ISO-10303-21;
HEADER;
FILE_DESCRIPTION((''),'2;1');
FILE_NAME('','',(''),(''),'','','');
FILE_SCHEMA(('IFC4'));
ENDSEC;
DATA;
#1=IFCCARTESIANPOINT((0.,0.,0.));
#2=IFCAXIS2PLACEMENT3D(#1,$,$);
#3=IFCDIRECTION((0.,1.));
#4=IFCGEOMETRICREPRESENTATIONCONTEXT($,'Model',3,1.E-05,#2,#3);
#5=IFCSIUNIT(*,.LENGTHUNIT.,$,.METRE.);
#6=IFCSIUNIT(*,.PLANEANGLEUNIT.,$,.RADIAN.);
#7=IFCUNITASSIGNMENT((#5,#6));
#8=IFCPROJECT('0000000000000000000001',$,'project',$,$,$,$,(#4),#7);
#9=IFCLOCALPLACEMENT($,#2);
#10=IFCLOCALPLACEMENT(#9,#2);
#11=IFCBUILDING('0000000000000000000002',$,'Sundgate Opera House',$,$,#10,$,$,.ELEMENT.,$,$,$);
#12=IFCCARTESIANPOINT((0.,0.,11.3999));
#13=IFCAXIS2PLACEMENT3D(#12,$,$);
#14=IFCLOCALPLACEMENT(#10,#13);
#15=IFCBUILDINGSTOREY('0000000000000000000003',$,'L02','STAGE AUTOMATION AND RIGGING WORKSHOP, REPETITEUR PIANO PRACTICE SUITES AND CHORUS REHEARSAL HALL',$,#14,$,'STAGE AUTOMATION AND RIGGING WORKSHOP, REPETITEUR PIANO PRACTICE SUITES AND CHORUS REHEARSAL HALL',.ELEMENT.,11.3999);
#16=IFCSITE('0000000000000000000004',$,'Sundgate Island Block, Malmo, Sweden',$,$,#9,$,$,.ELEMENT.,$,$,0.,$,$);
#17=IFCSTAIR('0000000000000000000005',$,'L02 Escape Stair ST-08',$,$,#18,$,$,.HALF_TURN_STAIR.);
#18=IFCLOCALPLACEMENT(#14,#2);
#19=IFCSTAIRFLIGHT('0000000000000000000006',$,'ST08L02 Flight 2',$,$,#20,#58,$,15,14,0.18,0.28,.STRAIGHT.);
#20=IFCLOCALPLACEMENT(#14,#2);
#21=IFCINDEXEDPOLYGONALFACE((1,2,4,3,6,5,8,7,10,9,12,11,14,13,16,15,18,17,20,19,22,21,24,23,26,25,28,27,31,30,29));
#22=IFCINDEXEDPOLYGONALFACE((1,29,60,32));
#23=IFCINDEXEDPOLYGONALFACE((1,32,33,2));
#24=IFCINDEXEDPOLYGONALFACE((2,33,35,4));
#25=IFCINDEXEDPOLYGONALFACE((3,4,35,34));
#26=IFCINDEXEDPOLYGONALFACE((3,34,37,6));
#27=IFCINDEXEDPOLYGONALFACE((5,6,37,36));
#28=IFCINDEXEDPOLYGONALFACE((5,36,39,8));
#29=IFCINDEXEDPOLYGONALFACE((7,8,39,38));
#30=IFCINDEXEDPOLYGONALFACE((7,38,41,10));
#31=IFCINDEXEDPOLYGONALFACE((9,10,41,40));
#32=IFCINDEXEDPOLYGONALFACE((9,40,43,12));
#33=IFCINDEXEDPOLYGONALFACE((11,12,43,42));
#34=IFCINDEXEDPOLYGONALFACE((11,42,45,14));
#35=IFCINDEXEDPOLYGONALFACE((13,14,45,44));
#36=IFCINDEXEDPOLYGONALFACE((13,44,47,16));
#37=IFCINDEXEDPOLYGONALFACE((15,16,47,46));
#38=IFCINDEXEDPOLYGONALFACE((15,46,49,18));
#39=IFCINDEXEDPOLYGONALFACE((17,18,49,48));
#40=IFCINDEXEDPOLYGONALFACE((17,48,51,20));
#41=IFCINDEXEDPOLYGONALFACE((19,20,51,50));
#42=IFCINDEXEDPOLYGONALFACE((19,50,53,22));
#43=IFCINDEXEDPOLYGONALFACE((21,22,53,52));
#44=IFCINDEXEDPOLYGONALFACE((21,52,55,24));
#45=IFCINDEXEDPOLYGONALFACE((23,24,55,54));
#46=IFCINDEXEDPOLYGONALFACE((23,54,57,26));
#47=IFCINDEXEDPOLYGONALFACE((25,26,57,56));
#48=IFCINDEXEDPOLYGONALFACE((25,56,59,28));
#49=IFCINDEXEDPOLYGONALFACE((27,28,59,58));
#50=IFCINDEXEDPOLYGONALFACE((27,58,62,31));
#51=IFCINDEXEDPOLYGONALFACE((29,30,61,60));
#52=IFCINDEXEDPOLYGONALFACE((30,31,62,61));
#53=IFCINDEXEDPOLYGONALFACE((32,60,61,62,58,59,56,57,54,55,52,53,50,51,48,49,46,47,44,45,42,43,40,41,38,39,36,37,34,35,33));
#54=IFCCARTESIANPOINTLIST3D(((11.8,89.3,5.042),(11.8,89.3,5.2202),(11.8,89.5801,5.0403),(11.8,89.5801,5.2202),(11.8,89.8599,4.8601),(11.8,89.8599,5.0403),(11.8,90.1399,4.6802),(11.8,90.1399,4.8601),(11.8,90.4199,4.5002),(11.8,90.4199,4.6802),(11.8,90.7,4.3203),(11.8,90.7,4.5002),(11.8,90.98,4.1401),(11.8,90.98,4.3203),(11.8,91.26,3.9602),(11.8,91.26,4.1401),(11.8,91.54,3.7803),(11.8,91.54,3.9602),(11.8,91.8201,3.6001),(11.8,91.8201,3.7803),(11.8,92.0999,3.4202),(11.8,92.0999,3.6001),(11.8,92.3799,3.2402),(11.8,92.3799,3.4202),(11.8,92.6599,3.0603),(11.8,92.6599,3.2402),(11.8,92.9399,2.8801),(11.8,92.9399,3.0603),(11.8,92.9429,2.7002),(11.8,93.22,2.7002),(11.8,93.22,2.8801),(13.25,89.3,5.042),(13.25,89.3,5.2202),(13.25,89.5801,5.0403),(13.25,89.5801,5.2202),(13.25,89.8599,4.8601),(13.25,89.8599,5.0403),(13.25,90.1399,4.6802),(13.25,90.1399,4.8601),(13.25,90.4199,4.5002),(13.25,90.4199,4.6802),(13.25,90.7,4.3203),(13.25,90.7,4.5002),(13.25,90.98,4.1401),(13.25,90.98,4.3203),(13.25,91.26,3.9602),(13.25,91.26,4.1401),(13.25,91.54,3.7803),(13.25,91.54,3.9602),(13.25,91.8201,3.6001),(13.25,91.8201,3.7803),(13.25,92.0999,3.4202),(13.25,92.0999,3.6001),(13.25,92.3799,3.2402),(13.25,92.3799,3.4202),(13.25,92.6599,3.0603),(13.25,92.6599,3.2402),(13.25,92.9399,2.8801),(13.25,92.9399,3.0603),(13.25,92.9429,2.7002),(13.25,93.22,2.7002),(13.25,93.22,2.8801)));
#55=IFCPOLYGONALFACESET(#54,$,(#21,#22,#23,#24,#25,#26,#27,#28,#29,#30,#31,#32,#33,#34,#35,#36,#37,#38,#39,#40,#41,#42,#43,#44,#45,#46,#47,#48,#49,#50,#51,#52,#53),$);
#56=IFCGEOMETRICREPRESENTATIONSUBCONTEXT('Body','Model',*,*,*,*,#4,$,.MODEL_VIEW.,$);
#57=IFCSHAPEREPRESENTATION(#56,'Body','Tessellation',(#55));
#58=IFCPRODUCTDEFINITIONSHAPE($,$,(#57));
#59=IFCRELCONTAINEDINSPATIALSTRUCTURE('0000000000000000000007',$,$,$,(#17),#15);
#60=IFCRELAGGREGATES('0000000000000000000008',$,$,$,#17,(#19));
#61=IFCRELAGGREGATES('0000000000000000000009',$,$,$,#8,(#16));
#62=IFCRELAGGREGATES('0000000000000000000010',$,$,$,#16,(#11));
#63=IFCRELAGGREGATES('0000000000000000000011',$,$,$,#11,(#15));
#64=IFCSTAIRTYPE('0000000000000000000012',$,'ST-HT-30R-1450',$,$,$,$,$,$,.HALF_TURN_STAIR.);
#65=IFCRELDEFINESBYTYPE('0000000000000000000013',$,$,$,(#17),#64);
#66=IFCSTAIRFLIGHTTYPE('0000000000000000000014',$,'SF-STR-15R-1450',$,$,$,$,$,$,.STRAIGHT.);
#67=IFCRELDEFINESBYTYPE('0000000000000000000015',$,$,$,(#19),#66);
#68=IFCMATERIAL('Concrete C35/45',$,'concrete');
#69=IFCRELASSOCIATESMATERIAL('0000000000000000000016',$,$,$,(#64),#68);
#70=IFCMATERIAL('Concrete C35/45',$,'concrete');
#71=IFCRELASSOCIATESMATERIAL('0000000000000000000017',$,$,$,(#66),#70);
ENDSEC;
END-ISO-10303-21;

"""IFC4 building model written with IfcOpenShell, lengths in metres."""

from ifc_helpers import new_model, si_unit, direction, frame, origin, place, context, subcontext, project, spatial, polyline, outline, extrude, material, type_object, element, aggregate, save


model = new_model("IFC4")

# Units and contexts
model_context = context("Model", 3, precision=1e-05, world=origin(), true_north=direction((0.0, 1.0)))
body_context = subcontext(model_context, "Body", "Model", "MODEL_VIEW")
ifc_project = project(units=[si_unit("LENGTHUNIT", "METRE"), si_unit("PLANEANGLEUNIT", "RADIAN")], contexts=[model_context])

# Site, building, storey
site_placement = place(None, origin())
site = spatial("IfcSite", under=ifc_project, at=site_placement, Name="Sundgate Island Block, Malmo, Sweden", CompositionType="ELEMENT", RefElevation=0.0)
building_placement = place(site_placement, origin())
building = spatial("IfcBuilding", under=site, at=building_placement, Name="Sundgate Opera House", CompositionType="ELEMENT")
storey_placement = place(building_placement, frame((0.0, 0.0, 11.3999)))
storey = spatial("IfcBuildingStorey", under=building, at=storey_placement, Name="L02", Description="STAGE AUTOMATION AND RIGGING WORKSHOP, REPETITEUR PIANO PRACTICE SUITES AND CHORUS REHEARSAL HALL", LongName="STAGE AUTOMATION AND RIGGING WORKSHOP, REPETITEUR PIANO PRACTICE SUITES AND CHORUS REHEARSAL HALL", CompositionType="ELEMENT", Elevation=11.3999)

# Stair, stair flight
ifc_material_1 = material(Name="Concrete C35/45", Category="concrete")
stair_type = type_object("IfcStairType", Name="ST-HT-30R-1450", PredefinedType="HALF_TURN_STAIR", material=ifc_material_1)
stair_placement = place(storey_placement, origin())
stair = element("IfcStair", 1, at=stair_placement, inside=storey, type_object=stair_type, Name="L02 Escape Stair ST-08", PredefinedType="HALF_TURN_STAIR")
ifc_material_2 = material(Name="Concrete C35/45", Category="concrete")
stair_flight_type = type_object("IfcStairFlightType", Name="SF-STR-15R-1450", PredefinedType="STRAIGHT", material=ifc_material_2)
stair_flight_1_placement = place(storey_placement, frame((12.5249, 93.22, 2.7002), z_axis=(0.0, 0.0, 1.0), x_axis=(0.0, -1.0, 0.0)))
stair_flight_1 = element("IfcStairFlight", 2, at=stair_flight_1_placement, type_object=stair_flight_type, Name="ST08L02 Flight 2", NumberOfRisers=15, NumberOfTreads=14, PredefinedType="STRAIGHT", RiserHeight=0.18, TreadLength=0.28, context=body_context, shape_type="SweptSolid", body=[
    extrude(outline(polyline([(0.0, 0.0), (0.0, 0.1799), (0.28, 0.1799), (0.28, 0.3601), (0.5601, 0.3601), (0.5601, 0.54), (0.8401, 0.54), (0.8401, 0.72), (1.1201, 0.72), (1.1201, 0.8999), (1.3999, 0.8999), (1.3999, 1.0801), (1.6799, 1.0801), (1.6799, 1.26), (1.96, 1.26), (1.96, 1.4399), (2.24, 1.4399), (2.24, 1.6201), (2.52, 1.6201), (2.52, 1.8), (2.8, 1.8), (2.8, 1.98), (3.0801, 1.98), (3.0801, 2.1599), (3.3601, 2.1599), (3.3601, 2.3401), (3.6399, 2.3401), (3.6399, 2.52), (3.9199, 2.52), (3.9199, 2.7), (3.9199, 2.3418), (0.2771, 0.0), (0.0, 0.0)])), frame((0.0, 0.7251, 0.0), z_axis=(0.0, -1.0, 0.0), x_axis=(1.0, 0.0, 0.0)), (0.0, 0.0, 1.0), 1.45),
])
aggregate(stair, [stair_flight_1])

save(model, "model.ifc")
